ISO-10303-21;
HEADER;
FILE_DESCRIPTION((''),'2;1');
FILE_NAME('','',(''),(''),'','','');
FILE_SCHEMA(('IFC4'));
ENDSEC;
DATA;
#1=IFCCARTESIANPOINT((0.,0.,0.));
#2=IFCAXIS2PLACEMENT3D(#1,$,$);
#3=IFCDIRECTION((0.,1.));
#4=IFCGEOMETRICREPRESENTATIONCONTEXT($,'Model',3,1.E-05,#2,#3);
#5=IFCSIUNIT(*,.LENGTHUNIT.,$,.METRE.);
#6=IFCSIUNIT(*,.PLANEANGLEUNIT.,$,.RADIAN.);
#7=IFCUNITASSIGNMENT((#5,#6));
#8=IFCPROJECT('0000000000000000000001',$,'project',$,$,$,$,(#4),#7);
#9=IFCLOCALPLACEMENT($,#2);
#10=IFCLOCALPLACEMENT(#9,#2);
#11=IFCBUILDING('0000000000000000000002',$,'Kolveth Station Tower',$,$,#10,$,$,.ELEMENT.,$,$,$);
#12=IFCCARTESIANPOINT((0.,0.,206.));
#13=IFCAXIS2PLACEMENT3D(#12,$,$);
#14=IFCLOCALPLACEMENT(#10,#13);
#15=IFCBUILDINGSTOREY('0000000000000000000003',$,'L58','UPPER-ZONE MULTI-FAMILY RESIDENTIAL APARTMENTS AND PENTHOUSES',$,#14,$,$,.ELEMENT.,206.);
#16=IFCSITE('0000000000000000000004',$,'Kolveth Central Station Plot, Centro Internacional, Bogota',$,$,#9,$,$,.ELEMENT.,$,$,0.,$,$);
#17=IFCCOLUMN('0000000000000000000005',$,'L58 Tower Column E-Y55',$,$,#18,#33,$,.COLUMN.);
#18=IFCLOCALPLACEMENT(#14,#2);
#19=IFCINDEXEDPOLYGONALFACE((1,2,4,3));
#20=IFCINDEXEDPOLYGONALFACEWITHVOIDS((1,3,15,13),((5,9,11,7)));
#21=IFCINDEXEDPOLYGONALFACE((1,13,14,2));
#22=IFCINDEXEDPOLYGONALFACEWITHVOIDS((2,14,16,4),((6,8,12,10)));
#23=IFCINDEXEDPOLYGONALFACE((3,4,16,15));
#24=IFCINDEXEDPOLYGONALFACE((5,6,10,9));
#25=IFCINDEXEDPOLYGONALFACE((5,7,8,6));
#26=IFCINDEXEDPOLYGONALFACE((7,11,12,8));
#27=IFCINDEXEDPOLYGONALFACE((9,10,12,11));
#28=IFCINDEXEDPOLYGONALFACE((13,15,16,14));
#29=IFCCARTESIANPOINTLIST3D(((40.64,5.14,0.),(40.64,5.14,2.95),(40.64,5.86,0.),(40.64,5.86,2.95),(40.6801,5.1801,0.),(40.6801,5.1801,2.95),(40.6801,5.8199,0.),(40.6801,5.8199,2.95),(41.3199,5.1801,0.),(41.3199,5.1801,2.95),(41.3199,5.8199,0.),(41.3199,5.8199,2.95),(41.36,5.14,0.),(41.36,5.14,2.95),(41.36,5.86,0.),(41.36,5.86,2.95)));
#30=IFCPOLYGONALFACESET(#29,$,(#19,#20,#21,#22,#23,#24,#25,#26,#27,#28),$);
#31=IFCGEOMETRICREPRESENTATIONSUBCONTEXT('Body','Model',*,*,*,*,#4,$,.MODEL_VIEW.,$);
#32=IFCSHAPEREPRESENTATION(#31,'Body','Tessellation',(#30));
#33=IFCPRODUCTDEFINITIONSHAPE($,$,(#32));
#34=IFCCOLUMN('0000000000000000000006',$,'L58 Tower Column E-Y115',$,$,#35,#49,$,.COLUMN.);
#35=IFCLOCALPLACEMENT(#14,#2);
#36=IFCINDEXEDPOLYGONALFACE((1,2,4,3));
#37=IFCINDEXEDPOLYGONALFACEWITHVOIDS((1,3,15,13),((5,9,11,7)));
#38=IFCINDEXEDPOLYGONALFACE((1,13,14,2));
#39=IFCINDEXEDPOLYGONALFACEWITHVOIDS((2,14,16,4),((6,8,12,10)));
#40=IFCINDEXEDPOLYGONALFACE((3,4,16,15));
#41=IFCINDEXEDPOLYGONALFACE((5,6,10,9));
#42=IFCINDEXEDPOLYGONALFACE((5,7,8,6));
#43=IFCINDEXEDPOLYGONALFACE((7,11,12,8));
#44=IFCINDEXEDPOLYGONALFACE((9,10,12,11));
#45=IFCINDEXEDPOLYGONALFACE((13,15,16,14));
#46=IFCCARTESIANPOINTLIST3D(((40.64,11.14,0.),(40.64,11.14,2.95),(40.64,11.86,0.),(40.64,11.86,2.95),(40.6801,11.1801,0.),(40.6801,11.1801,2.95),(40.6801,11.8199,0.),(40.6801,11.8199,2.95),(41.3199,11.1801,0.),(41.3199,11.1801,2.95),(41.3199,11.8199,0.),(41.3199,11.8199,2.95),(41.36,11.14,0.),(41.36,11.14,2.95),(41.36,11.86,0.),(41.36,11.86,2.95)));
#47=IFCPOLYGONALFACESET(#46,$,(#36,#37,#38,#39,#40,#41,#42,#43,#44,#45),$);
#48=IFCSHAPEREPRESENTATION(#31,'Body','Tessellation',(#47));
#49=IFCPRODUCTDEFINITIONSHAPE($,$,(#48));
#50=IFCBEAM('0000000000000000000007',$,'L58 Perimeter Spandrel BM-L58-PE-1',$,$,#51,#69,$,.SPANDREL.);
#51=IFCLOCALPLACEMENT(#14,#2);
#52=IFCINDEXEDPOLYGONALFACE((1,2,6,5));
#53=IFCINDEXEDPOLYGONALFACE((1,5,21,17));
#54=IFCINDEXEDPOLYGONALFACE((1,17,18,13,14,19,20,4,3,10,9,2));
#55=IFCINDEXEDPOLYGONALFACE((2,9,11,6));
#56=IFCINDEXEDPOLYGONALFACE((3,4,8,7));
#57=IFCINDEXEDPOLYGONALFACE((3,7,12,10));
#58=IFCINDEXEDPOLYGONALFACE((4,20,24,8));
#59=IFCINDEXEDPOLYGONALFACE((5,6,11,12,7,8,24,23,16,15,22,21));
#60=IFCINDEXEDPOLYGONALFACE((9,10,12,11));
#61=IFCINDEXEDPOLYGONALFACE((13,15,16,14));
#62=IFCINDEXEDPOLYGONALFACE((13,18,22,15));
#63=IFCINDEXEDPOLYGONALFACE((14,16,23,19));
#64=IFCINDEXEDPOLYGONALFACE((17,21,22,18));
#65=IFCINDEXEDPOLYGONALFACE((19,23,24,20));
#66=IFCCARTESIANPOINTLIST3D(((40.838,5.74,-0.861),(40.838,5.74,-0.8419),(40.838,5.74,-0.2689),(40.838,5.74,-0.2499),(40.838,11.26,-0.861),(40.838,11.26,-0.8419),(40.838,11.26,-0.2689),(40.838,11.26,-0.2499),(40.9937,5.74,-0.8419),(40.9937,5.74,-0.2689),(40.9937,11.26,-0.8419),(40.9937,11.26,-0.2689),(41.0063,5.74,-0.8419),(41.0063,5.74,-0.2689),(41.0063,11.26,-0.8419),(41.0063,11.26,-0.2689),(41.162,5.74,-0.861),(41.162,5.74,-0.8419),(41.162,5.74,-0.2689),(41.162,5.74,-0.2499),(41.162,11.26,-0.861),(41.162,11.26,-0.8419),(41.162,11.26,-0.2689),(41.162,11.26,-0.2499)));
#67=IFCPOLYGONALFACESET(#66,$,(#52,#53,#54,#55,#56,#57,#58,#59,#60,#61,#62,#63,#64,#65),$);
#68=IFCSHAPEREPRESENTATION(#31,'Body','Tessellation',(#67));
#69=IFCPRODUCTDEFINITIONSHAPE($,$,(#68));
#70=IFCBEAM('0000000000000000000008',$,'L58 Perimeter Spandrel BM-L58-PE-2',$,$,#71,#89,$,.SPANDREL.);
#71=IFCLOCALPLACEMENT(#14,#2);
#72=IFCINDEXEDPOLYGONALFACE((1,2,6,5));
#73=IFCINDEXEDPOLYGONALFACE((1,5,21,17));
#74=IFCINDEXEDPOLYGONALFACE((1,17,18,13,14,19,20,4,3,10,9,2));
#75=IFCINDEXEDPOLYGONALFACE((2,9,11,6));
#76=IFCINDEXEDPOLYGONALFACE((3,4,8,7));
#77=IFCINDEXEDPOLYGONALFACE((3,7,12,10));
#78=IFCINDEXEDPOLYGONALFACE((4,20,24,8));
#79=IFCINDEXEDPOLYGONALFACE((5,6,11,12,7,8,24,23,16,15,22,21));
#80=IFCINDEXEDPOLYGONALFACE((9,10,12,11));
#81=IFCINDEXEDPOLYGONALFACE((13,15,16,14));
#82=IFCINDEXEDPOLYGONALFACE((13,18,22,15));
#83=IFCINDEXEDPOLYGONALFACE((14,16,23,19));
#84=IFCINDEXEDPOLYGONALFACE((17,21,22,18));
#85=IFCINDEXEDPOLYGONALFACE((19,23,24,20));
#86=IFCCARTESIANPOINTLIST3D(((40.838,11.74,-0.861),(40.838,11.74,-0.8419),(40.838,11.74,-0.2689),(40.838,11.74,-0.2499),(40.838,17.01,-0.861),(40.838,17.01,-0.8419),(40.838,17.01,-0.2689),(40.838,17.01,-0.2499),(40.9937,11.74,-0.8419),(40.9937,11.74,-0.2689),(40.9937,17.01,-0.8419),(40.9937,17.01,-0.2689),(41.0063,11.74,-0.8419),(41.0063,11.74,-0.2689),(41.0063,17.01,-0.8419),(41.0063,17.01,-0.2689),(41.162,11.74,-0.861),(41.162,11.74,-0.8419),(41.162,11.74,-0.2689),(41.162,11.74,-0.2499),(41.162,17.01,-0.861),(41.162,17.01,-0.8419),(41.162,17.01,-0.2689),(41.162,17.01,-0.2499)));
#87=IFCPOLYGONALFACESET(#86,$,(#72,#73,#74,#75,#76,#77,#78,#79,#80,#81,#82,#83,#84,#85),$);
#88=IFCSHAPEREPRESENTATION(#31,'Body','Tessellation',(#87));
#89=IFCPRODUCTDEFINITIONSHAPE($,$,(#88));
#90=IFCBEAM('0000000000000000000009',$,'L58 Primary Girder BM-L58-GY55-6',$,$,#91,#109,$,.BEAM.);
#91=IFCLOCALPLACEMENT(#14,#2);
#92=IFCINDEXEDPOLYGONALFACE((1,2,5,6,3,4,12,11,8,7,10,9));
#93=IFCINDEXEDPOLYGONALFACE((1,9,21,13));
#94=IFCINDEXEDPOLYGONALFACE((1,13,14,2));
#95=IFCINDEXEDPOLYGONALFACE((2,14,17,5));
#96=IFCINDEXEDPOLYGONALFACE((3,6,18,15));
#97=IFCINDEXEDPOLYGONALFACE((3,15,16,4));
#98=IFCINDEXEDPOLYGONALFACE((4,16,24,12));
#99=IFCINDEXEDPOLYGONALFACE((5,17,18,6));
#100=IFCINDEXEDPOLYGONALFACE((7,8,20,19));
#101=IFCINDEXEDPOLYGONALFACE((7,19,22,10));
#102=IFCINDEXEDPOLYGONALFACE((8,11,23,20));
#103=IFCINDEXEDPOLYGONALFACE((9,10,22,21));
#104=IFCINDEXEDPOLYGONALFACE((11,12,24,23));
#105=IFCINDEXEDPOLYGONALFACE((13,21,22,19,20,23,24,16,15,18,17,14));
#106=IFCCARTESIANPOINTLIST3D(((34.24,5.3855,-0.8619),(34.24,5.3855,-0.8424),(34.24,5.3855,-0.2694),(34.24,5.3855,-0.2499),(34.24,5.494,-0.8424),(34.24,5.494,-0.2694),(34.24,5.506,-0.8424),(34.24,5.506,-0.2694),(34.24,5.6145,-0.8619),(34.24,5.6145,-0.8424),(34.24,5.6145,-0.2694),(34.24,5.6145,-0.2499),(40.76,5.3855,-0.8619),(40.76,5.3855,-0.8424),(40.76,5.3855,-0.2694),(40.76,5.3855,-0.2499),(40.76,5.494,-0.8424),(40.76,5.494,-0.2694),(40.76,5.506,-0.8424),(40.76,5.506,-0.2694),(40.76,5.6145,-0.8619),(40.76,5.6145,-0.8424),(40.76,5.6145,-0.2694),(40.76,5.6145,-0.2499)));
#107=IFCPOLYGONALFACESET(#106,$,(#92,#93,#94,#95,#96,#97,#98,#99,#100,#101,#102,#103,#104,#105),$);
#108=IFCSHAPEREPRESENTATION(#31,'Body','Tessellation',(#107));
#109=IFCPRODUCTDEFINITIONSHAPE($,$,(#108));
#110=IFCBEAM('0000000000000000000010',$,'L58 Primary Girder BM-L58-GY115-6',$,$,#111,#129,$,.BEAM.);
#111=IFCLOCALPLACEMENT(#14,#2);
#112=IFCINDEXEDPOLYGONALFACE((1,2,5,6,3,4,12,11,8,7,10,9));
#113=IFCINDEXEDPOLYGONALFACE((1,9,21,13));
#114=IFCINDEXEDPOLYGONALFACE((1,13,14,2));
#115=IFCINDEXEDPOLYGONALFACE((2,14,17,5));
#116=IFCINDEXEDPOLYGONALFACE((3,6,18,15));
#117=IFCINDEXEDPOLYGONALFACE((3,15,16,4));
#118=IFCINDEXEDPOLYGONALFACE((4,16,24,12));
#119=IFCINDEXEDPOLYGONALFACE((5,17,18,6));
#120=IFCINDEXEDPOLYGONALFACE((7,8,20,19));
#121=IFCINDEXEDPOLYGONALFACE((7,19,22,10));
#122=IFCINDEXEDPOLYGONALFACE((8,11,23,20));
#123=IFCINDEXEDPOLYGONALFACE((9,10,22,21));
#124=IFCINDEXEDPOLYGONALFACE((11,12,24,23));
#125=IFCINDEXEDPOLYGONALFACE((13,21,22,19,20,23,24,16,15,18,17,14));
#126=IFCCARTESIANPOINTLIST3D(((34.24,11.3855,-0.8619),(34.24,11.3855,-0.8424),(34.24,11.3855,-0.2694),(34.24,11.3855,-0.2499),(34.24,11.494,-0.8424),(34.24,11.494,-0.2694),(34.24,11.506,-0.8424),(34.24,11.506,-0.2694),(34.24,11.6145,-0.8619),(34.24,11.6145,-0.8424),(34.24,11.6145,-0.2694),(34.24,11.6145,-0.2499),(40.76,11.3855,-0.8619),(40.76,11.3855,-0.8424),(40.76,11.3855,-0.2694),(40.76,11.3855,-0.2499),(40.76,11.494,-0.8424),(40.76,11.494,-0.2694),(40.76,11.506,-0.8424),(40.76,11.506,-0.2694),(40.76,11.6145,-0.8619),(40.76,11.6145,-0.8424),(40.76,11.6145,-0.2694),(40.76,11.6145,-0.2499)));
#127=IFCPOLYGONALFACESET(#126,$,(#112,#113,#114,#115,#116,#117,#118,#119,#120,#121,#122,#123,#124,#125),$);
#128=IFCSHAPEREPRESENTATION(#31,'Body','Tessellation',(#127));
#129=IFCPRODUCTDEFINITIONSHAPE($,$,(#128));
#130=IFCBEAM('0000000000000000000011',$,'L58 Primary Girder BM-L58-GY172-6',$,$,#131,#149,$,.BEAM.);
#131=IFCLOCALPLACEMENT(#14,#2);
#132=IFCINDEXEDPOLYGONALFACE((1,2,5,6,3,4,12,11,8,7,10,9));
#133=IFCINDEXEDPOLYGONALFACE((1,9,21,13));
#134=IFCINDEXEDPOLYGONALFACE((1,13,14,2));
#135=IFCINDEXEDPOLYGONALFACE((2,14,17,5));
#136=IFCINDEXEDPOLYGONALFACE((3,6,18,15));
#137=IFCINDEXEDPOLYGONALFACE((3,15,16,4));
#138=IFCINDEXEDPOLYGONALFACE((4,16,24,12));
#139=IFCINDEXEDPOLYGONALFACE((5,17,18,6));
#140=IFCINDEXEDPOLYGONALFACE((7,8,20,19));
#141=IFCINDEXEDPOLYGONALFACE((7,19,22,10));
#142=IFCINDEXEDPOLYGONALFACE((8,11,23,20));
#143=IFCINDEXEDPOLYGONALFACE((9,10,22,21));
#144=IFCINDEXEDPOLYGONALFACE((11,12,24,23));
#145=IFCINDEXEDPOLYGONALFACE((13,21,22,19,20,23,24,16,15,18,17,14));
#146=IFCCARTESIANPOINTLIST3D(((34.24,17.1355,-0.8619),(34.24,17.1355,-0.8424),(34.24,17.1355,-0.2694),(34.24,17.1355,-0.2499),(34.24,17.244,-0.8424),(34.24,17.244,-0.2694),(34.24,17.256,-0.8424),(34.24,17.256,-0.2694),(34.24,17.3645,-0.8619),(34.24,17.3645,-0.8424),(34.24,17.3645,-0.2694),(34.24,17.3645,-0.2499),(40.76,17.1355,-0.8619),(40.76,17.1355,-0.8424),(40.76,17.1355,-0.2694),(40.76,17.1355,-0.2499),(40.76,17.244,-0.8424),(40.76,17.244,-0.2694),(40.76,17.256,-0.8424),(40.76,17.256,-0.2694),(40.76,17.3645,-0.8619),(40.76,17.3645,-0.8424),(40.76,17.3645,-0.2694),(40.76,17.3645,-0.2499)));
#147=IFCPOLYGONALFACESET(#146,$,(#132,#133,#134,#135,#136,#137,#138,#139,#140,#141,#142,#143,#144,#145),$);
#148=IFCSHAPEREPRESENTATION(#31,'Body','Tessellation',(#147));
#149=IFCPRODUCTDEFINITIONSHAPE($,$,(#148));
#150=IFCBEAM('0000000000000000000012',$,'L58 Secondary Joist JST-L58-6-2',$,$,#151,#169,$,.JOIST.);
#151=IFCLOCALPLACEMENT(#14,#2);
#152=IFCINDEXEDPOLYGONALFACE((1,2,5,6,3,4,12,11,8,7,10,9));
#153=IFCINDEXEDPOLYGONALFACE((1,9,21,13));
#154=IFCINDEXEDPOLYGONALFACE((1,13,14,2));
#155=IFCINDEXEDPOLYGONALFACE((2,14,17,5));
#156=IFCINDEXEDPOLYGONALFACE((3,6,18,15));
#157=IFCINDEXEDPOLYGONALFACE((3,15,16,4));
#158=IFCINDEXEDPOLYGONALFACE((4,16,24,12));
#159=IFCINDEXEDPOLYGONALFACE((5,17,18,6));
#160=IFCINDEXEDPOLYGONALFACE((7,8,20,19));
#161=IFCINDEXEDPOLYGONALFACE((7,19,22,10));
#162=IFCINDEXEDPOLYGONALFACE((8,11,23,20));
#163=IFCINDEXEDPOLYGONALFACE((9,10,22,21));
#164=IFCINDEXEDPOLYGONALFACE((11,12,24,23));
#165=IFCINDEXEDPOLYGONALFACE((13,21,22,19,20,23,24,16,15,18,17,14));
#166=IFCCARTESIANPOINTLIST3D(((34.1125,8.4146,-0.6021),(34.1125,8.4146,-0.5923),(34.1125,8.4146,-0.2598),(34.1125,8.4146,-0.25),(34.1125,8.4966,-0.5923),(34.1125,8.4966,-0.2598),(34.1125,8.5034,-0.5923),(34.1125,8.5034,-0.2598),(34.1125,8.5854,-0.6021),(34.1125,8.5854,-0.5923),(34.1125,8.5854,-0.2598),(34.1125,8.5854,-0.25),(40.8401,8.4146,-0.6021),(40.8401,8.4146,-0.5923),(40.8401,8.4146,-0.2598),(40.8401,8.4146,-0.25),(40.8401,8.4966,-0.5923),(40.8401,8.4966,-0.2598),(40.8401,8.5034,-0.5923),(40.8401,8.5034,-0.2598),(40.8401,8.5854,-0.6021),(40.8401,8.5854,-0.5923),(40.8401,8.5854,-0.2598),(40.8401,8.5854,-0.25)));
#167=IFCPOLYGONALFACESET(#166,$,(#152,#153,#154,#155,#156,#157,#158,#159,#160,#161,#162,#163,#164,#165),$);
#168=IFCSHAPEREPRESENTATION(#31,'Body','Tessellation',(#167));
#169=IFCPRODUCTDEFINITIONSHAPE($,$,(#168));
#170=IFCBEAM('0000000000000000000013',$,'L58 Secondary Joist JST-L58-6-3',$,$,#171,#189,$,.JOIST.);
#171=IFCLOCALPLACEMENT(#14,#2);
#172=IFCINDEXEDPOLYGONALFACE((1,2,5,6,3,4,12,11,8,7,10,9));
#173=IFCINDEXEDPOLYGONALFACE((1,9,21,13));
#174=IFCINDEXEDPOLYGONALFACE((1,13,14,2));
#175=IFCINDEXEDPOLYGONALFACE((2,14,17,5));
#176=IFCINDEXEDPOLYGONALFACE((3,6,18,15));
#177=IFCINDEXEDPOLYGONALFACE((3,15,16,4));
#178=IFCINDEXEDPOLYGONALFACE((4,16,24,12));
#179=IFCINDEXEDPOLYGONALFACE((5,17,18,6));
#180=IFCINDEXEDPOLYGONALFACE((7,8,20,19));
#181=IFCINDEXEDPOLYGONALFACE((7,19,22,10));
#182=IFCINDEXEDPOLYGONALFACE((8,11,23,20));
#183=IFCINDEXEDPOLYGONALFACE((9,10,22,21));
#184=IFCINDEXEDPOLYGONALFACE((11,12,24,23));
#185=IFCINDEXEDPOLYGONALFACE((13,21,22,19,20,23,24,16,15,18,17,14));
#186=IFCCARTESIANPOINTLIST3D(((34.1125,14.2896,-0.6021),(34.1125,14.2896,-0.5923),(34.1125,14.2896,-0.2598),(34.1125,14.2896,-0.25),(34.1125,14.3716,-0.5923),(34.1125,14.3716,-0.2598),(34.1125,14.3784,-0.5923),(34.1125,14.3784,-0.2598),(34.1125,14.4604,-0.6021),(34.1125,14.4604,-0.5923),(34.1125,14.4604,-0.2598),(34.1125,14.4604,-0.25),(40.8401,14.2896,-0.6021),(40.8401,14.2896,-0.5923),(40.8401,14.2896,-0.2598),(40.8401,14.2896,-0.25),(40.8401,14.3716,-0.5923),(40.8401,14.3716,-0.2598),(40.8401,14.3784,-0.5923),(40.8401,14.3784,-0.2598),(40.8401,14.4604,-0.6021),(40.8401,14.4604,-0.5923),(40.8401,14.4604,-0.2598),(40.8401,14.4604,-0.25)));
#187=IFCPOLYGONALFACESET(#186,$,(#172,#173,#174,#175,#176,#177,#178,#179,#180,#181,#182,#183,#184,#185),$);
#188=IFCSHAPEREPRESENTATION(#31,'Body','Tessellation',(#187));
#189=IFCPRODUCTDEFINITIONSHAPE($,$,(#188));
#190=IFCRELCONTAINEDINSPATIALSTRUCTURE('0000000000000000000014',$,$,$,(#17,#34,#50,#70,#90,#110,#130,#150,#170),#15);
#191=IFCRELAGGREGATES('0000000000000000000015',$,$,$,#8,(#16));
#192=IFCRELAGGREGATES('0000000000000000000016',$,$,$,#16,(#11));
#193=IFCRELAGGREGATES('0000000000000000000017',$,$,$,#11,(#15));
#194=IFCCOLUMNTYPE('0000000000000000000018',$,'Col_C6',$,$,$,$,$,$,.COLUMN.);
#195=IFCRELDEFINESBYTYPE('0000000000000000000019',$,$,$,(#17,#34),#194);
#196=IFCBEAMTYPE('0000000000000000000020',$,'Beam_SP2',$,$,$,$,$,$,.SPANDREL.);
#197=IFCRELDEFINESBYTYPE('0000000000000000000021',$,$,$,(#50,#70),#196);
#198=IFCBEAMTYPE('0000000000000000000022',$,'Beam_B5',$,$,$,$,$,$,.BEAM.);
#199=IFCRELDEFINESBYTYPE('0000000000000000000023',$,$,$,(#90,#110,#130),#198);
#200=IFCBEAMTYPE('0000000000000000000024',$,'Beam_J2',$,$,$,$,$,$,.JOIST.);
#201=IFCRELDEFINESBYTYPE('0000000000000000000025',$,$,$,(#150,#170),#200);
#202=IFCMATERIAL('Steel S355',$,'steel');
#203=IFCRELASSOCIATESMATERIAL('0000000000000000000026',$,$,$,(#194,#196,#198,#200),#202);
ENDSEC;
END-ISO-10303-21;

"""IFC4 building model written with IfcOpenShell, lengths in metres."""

from ifc_helpers import new_model, si_unit, direction, frame, origin, origin_2d, place, context, subcontext, project, spatial, hollow_rectangle, i_section, extrude, source, transform, mapped, material, material_profile, profile_set, type_object, element, save


model = new_model("IFC4")

# Units and contexts
model_context = context("Model", 3, precision=1e-05, world=origin(), true_north=direction((0.0, 1.0)))
body_context = subcontext(model_context, "Body", "Model", "MODEL_VIEW")
ifc_project = project(units=[si_unit("LENGTHUNIT", "METRE"), si_unit("PLANEANGLEUNIT", "RADIAN")], contexts=[model_context])

# Site, building, storey
site_placement = place(None, origin())
site = spatial("IfcSite", under=ifc_project, at=site_placement, Name="Kolveth Central Station Plot, Centro Internacional, Bogota", CompositionType="ELEMENT", RefElevation=0.0)
building_placement = place(site_placement, origin())
building = spatial("IfcBuilding", under=site, at=building_placement, Name="Kolveth Station Tower", CompositionType="ELEMENT")
storey_placement = place(building_placement, frame((0.0, 0.0, 206.0)))
storey = spatial("IfcBuildingStorey", under=building, at=storey_placement, Name="L58", Description="UPPER-ZONE MULTI-FAMILY RESIDENTIAL APARTMENTS AND PENTHOUSES", CompositionType="ELEMENT", Elevation=206.0)

# Columns
ifc_material_1 = material(Name="Steel S355", Category="steel")
ifc_material_profile_1 = material_profile(ifc_material_1, hollow_rectangle(XDim=0.72, YDim=0.72, WallThickness=0.04, at=origin_2d()), Name="BOX720x720x40")
ifc_profile_set_1 = profile_set([ifc_material_profile_1], Name="Steel S355")
column_type = type_object("IfcColumnType", Name="Col_C6", PredefinedType="COLUMN", material=ifc_profile_set_1)
shared_shape_1 = source(origin(), body_context, "Body", "SweptSolid", [
    extrude(hollow_rectangle(XDim=0.72, YDim=0.72, WallThickness=0.04, at=origin_2d()), origin(), (0.0, 0.0, 1.0), 2.95),
])
for number, where, z_axis, x_axis, name in (
    (1, (41.0, 5.5, 0.0), (0.0, 0.0, 1.0), (1.0, 0.0, 0.0), "L58 Tower Column E-Y55"),
    (2, (41.0, 11.5, 0.0), (0.0, 0.0, 1.0), (1.0, 0.0, 0.0), "L58 Tower Column E-Y115"),
):
    element("IfcColumn", number, at=place(storey_placement, frame(where, z_axis=z_axis, x_axis=x_axis)), inside=storey, type_object=column_type, Name=name, PredefinedType="COLUMN", context=body_context, shape_type="MappedRepresentation", body=[
        mapped(shared_shape_1, transform((0.0, 0.0, 0.0), x_axis=(1.0, 0.0, 0.0), y_axis=(0.0, 1.0, 0.0), z_axis=(0.0, 0.0, 1.0), scale=1.0)),
    ])

# Beams
ifc_material_profile_2 = material_profile(ifc_material_1, i_section(OverallWidth=0.324, OverallDepth=0.6111, WebThickness=0.0127, FlangeThickness=0.019, at=origin_2d()), Name="W610x155")
ifc_profile_set_2 = profile_set([ifc_material_profile_2], Name="Steel S355")
beam_type_1 = type_object("IfcBeamType", Name="Beam_SP2", PredefinedType="SPANDREL", material=ifc_profile_set_2)
shared_shape_2 = source(origin(), body_context, "Body", "SweptSolid", [
    extrude(i_section(OverallWidth=0.324, OverallDepth=0.6111, WebThickness=0.0127, FlangeThickness=0.019, at=origin_2d()), origin(), (0.0, 0.0, 1.0), 5.52),
])
beam_1_placement = place(storey_placement, frame((41.0, 5.74, -0.5554), z_axis=(0.0, 1.0, 0.0), x_axis=(-1.0, 0.0, 0.0)))
element("IfcBeam", 3, at=beam_1_placement, inside=storey, type_object=beam_type_1, Name="L58 Perimeter Spandrel BM-L58-PE-1", PredefinedType="SPANDREL", context=body_context, shape_type="MappedRepresentation", body=[
    mapped(shared_shape_2, transform((0.0, 0.0, 0.0), x_axis=(1.0, 0.0, 0.0), y_axis=(0.0, 1.0, 0.0), z_axis=(0.0, 0.0, 1.0), scale=1.0)),
])
shared_shape_3 = source(origin(), body_context, "Body", "SweptSolid", [
    extrude(i_section(OverallWidth=0.324, OverallDepth=0.6111, WebThickness=0.0127, FlangeThickness=0.019, at=origin_2d()), origin(), (0.0, 0.0, 1.0), 5.27),
])
beam_2_placement = place(storey_placement, frame((41.0, 11.74, -0.5554), z_axis=(0.0, 1.0, 0.0), x_axis=(-1.0, 0.0, 0.0)))
element("IfcBeam", 4, at=beam_2_placement, inside=storey, type_object=beam_type_1, Name="L58 Perimeter Spandrel BM-L58-PE-2", PredefinedType="SPANDREL", context=body_context, shape_type="MappedRepresentation", body=[
    mapped(shared_shape_3, transform((0.0, 0.0, 0.0), x_axis=(1.0, 0.0, 0.0), y_axis=(0.0, 1.0, 0.0), z_axis=(0.0, 0.0, 1.0), scale=1.0)),
])
ifc_material_profile_3 = material_profile(ifc_material_1, i_section(OverallWidth=0.229, OverallDepth=0.6121, WebThickness=0.012, FlangeThickness=0.0195, at=origin_2d()), Name="W610x125")
ifc_profile_set_3 = profile_set([ifc_material_profile_3], Name="Steel S355")
beam_type_2 = type_object("IfcBeamType", Name="Beam_B5", PredefinedType="BEAM", material=ifc_profile_set_3)
shared_shape_4 = source(origin(), body_context, "Body", "SweptSolid", [
    extrude(i_section(OverallWidth=0.229, OverallDepth=0.6121, WebThickness=0.012, FlangeThickness=0.0195, at=origin_2d()), origin(), (0.0, 0.0, 1.0), 6.52),
])
for number, where, z_axis, x_axis, name in (
    (5, (34.24, 5.5, -0.5559), (1.0, 0.0, 0.0), (0.0, 1.0, 0.0), "L58 Primary Girder BM-L58-GY55-6"),
    (6, (34.24, 11.5, -0.5559), (1.0, 0.0, 0.0), (0.0, 1.0, 0.0), "L58 Primary Girder BM-L58-GY115-6"),
    (7, (34.24, 17.25, -0.5559), (1.0, 0.0, 0.0), (0.0, 1.0, 0.0), "L58 Primary Girder BM-L58-GY172-6"),
):
    element("IfcBeam", number, at=place(storey_placement, frame(where, z_axis=z_axis, x_axis=x_axis)), inside=storey, type_object=beam_type_2, Name=name, PredefinedType="BEAM", context=body_context, shape_type="MappedRepresentation", body=[
        mapped(shared_shape_4, transform((0.0, 0.0, 0.0), x_axis=(1.0, 0.0, 0.0), y_axis=(0.0, 1.0, 0.0), z_axis=(0.0, 0.0, 1.0), scale=1.0)),
    ])
ifc_material_profile_4 = material_profile(ifc_material_1, i_section(OverallWidth=0.1709, OverallDepth=0.3521, WebThickness=0.0068, FlangeThickness=0.0098, at=origin_2d()), Name="W360x44")
ifc_profile_set_4 = profile_set([ifc_material_profile_4], Name="Steel S355")
beam_type_3 = type_object("IfcBeamType", Name="Beam_J2", PredefinedType="JOIST", material=ifc_profile_set_4)
shared_shape_5 = source(origin(), body_context, "Body", "SweptSolid", [
    extrude(i_section(OverallWidth=0.1709, OverallDepth=0.3521, WebThickness=0.0068, FlangeThickness=0.0098, at=origin_2d()), origin(), (0.0, 0.0, 1.0), 6.7275),
])
for number, where, z_axis, x_axis, name in (
    (8, (34.1125, 8.5, -0.426), (1.0, 0.0, 0.0), (0.0, 1.0, 0.0), "L58 Secondary Joist JST-L58-6-2"),
    (9, (34.1125, 14.375, -0.426), (1.0, 0.0, 0.0), (0.0, 1.0, 0.0), "L58 Secondary Joist JST-L58-6-3"),
):
    element("IfcBeam", number, at=place(storey_placement, frame(where, z_axis=z_axis, x_axis=x_axis)), inside=storey, type_object=beam_type_3, Name=name, PredefinedType="JOIST", context=body_context, shape_type="MappedRepresentation", body=[
        mapped(shared_shape_5, transform((0.0, 0.0, 0.0), x_axis=(1.0, 0.0, 0.0), y_axis=(0.0, 1.0, 0.0), z_axis=(0.0, 0.0, 1.0), scale=1.0)),
    ])

save(model, "model.ifc")
